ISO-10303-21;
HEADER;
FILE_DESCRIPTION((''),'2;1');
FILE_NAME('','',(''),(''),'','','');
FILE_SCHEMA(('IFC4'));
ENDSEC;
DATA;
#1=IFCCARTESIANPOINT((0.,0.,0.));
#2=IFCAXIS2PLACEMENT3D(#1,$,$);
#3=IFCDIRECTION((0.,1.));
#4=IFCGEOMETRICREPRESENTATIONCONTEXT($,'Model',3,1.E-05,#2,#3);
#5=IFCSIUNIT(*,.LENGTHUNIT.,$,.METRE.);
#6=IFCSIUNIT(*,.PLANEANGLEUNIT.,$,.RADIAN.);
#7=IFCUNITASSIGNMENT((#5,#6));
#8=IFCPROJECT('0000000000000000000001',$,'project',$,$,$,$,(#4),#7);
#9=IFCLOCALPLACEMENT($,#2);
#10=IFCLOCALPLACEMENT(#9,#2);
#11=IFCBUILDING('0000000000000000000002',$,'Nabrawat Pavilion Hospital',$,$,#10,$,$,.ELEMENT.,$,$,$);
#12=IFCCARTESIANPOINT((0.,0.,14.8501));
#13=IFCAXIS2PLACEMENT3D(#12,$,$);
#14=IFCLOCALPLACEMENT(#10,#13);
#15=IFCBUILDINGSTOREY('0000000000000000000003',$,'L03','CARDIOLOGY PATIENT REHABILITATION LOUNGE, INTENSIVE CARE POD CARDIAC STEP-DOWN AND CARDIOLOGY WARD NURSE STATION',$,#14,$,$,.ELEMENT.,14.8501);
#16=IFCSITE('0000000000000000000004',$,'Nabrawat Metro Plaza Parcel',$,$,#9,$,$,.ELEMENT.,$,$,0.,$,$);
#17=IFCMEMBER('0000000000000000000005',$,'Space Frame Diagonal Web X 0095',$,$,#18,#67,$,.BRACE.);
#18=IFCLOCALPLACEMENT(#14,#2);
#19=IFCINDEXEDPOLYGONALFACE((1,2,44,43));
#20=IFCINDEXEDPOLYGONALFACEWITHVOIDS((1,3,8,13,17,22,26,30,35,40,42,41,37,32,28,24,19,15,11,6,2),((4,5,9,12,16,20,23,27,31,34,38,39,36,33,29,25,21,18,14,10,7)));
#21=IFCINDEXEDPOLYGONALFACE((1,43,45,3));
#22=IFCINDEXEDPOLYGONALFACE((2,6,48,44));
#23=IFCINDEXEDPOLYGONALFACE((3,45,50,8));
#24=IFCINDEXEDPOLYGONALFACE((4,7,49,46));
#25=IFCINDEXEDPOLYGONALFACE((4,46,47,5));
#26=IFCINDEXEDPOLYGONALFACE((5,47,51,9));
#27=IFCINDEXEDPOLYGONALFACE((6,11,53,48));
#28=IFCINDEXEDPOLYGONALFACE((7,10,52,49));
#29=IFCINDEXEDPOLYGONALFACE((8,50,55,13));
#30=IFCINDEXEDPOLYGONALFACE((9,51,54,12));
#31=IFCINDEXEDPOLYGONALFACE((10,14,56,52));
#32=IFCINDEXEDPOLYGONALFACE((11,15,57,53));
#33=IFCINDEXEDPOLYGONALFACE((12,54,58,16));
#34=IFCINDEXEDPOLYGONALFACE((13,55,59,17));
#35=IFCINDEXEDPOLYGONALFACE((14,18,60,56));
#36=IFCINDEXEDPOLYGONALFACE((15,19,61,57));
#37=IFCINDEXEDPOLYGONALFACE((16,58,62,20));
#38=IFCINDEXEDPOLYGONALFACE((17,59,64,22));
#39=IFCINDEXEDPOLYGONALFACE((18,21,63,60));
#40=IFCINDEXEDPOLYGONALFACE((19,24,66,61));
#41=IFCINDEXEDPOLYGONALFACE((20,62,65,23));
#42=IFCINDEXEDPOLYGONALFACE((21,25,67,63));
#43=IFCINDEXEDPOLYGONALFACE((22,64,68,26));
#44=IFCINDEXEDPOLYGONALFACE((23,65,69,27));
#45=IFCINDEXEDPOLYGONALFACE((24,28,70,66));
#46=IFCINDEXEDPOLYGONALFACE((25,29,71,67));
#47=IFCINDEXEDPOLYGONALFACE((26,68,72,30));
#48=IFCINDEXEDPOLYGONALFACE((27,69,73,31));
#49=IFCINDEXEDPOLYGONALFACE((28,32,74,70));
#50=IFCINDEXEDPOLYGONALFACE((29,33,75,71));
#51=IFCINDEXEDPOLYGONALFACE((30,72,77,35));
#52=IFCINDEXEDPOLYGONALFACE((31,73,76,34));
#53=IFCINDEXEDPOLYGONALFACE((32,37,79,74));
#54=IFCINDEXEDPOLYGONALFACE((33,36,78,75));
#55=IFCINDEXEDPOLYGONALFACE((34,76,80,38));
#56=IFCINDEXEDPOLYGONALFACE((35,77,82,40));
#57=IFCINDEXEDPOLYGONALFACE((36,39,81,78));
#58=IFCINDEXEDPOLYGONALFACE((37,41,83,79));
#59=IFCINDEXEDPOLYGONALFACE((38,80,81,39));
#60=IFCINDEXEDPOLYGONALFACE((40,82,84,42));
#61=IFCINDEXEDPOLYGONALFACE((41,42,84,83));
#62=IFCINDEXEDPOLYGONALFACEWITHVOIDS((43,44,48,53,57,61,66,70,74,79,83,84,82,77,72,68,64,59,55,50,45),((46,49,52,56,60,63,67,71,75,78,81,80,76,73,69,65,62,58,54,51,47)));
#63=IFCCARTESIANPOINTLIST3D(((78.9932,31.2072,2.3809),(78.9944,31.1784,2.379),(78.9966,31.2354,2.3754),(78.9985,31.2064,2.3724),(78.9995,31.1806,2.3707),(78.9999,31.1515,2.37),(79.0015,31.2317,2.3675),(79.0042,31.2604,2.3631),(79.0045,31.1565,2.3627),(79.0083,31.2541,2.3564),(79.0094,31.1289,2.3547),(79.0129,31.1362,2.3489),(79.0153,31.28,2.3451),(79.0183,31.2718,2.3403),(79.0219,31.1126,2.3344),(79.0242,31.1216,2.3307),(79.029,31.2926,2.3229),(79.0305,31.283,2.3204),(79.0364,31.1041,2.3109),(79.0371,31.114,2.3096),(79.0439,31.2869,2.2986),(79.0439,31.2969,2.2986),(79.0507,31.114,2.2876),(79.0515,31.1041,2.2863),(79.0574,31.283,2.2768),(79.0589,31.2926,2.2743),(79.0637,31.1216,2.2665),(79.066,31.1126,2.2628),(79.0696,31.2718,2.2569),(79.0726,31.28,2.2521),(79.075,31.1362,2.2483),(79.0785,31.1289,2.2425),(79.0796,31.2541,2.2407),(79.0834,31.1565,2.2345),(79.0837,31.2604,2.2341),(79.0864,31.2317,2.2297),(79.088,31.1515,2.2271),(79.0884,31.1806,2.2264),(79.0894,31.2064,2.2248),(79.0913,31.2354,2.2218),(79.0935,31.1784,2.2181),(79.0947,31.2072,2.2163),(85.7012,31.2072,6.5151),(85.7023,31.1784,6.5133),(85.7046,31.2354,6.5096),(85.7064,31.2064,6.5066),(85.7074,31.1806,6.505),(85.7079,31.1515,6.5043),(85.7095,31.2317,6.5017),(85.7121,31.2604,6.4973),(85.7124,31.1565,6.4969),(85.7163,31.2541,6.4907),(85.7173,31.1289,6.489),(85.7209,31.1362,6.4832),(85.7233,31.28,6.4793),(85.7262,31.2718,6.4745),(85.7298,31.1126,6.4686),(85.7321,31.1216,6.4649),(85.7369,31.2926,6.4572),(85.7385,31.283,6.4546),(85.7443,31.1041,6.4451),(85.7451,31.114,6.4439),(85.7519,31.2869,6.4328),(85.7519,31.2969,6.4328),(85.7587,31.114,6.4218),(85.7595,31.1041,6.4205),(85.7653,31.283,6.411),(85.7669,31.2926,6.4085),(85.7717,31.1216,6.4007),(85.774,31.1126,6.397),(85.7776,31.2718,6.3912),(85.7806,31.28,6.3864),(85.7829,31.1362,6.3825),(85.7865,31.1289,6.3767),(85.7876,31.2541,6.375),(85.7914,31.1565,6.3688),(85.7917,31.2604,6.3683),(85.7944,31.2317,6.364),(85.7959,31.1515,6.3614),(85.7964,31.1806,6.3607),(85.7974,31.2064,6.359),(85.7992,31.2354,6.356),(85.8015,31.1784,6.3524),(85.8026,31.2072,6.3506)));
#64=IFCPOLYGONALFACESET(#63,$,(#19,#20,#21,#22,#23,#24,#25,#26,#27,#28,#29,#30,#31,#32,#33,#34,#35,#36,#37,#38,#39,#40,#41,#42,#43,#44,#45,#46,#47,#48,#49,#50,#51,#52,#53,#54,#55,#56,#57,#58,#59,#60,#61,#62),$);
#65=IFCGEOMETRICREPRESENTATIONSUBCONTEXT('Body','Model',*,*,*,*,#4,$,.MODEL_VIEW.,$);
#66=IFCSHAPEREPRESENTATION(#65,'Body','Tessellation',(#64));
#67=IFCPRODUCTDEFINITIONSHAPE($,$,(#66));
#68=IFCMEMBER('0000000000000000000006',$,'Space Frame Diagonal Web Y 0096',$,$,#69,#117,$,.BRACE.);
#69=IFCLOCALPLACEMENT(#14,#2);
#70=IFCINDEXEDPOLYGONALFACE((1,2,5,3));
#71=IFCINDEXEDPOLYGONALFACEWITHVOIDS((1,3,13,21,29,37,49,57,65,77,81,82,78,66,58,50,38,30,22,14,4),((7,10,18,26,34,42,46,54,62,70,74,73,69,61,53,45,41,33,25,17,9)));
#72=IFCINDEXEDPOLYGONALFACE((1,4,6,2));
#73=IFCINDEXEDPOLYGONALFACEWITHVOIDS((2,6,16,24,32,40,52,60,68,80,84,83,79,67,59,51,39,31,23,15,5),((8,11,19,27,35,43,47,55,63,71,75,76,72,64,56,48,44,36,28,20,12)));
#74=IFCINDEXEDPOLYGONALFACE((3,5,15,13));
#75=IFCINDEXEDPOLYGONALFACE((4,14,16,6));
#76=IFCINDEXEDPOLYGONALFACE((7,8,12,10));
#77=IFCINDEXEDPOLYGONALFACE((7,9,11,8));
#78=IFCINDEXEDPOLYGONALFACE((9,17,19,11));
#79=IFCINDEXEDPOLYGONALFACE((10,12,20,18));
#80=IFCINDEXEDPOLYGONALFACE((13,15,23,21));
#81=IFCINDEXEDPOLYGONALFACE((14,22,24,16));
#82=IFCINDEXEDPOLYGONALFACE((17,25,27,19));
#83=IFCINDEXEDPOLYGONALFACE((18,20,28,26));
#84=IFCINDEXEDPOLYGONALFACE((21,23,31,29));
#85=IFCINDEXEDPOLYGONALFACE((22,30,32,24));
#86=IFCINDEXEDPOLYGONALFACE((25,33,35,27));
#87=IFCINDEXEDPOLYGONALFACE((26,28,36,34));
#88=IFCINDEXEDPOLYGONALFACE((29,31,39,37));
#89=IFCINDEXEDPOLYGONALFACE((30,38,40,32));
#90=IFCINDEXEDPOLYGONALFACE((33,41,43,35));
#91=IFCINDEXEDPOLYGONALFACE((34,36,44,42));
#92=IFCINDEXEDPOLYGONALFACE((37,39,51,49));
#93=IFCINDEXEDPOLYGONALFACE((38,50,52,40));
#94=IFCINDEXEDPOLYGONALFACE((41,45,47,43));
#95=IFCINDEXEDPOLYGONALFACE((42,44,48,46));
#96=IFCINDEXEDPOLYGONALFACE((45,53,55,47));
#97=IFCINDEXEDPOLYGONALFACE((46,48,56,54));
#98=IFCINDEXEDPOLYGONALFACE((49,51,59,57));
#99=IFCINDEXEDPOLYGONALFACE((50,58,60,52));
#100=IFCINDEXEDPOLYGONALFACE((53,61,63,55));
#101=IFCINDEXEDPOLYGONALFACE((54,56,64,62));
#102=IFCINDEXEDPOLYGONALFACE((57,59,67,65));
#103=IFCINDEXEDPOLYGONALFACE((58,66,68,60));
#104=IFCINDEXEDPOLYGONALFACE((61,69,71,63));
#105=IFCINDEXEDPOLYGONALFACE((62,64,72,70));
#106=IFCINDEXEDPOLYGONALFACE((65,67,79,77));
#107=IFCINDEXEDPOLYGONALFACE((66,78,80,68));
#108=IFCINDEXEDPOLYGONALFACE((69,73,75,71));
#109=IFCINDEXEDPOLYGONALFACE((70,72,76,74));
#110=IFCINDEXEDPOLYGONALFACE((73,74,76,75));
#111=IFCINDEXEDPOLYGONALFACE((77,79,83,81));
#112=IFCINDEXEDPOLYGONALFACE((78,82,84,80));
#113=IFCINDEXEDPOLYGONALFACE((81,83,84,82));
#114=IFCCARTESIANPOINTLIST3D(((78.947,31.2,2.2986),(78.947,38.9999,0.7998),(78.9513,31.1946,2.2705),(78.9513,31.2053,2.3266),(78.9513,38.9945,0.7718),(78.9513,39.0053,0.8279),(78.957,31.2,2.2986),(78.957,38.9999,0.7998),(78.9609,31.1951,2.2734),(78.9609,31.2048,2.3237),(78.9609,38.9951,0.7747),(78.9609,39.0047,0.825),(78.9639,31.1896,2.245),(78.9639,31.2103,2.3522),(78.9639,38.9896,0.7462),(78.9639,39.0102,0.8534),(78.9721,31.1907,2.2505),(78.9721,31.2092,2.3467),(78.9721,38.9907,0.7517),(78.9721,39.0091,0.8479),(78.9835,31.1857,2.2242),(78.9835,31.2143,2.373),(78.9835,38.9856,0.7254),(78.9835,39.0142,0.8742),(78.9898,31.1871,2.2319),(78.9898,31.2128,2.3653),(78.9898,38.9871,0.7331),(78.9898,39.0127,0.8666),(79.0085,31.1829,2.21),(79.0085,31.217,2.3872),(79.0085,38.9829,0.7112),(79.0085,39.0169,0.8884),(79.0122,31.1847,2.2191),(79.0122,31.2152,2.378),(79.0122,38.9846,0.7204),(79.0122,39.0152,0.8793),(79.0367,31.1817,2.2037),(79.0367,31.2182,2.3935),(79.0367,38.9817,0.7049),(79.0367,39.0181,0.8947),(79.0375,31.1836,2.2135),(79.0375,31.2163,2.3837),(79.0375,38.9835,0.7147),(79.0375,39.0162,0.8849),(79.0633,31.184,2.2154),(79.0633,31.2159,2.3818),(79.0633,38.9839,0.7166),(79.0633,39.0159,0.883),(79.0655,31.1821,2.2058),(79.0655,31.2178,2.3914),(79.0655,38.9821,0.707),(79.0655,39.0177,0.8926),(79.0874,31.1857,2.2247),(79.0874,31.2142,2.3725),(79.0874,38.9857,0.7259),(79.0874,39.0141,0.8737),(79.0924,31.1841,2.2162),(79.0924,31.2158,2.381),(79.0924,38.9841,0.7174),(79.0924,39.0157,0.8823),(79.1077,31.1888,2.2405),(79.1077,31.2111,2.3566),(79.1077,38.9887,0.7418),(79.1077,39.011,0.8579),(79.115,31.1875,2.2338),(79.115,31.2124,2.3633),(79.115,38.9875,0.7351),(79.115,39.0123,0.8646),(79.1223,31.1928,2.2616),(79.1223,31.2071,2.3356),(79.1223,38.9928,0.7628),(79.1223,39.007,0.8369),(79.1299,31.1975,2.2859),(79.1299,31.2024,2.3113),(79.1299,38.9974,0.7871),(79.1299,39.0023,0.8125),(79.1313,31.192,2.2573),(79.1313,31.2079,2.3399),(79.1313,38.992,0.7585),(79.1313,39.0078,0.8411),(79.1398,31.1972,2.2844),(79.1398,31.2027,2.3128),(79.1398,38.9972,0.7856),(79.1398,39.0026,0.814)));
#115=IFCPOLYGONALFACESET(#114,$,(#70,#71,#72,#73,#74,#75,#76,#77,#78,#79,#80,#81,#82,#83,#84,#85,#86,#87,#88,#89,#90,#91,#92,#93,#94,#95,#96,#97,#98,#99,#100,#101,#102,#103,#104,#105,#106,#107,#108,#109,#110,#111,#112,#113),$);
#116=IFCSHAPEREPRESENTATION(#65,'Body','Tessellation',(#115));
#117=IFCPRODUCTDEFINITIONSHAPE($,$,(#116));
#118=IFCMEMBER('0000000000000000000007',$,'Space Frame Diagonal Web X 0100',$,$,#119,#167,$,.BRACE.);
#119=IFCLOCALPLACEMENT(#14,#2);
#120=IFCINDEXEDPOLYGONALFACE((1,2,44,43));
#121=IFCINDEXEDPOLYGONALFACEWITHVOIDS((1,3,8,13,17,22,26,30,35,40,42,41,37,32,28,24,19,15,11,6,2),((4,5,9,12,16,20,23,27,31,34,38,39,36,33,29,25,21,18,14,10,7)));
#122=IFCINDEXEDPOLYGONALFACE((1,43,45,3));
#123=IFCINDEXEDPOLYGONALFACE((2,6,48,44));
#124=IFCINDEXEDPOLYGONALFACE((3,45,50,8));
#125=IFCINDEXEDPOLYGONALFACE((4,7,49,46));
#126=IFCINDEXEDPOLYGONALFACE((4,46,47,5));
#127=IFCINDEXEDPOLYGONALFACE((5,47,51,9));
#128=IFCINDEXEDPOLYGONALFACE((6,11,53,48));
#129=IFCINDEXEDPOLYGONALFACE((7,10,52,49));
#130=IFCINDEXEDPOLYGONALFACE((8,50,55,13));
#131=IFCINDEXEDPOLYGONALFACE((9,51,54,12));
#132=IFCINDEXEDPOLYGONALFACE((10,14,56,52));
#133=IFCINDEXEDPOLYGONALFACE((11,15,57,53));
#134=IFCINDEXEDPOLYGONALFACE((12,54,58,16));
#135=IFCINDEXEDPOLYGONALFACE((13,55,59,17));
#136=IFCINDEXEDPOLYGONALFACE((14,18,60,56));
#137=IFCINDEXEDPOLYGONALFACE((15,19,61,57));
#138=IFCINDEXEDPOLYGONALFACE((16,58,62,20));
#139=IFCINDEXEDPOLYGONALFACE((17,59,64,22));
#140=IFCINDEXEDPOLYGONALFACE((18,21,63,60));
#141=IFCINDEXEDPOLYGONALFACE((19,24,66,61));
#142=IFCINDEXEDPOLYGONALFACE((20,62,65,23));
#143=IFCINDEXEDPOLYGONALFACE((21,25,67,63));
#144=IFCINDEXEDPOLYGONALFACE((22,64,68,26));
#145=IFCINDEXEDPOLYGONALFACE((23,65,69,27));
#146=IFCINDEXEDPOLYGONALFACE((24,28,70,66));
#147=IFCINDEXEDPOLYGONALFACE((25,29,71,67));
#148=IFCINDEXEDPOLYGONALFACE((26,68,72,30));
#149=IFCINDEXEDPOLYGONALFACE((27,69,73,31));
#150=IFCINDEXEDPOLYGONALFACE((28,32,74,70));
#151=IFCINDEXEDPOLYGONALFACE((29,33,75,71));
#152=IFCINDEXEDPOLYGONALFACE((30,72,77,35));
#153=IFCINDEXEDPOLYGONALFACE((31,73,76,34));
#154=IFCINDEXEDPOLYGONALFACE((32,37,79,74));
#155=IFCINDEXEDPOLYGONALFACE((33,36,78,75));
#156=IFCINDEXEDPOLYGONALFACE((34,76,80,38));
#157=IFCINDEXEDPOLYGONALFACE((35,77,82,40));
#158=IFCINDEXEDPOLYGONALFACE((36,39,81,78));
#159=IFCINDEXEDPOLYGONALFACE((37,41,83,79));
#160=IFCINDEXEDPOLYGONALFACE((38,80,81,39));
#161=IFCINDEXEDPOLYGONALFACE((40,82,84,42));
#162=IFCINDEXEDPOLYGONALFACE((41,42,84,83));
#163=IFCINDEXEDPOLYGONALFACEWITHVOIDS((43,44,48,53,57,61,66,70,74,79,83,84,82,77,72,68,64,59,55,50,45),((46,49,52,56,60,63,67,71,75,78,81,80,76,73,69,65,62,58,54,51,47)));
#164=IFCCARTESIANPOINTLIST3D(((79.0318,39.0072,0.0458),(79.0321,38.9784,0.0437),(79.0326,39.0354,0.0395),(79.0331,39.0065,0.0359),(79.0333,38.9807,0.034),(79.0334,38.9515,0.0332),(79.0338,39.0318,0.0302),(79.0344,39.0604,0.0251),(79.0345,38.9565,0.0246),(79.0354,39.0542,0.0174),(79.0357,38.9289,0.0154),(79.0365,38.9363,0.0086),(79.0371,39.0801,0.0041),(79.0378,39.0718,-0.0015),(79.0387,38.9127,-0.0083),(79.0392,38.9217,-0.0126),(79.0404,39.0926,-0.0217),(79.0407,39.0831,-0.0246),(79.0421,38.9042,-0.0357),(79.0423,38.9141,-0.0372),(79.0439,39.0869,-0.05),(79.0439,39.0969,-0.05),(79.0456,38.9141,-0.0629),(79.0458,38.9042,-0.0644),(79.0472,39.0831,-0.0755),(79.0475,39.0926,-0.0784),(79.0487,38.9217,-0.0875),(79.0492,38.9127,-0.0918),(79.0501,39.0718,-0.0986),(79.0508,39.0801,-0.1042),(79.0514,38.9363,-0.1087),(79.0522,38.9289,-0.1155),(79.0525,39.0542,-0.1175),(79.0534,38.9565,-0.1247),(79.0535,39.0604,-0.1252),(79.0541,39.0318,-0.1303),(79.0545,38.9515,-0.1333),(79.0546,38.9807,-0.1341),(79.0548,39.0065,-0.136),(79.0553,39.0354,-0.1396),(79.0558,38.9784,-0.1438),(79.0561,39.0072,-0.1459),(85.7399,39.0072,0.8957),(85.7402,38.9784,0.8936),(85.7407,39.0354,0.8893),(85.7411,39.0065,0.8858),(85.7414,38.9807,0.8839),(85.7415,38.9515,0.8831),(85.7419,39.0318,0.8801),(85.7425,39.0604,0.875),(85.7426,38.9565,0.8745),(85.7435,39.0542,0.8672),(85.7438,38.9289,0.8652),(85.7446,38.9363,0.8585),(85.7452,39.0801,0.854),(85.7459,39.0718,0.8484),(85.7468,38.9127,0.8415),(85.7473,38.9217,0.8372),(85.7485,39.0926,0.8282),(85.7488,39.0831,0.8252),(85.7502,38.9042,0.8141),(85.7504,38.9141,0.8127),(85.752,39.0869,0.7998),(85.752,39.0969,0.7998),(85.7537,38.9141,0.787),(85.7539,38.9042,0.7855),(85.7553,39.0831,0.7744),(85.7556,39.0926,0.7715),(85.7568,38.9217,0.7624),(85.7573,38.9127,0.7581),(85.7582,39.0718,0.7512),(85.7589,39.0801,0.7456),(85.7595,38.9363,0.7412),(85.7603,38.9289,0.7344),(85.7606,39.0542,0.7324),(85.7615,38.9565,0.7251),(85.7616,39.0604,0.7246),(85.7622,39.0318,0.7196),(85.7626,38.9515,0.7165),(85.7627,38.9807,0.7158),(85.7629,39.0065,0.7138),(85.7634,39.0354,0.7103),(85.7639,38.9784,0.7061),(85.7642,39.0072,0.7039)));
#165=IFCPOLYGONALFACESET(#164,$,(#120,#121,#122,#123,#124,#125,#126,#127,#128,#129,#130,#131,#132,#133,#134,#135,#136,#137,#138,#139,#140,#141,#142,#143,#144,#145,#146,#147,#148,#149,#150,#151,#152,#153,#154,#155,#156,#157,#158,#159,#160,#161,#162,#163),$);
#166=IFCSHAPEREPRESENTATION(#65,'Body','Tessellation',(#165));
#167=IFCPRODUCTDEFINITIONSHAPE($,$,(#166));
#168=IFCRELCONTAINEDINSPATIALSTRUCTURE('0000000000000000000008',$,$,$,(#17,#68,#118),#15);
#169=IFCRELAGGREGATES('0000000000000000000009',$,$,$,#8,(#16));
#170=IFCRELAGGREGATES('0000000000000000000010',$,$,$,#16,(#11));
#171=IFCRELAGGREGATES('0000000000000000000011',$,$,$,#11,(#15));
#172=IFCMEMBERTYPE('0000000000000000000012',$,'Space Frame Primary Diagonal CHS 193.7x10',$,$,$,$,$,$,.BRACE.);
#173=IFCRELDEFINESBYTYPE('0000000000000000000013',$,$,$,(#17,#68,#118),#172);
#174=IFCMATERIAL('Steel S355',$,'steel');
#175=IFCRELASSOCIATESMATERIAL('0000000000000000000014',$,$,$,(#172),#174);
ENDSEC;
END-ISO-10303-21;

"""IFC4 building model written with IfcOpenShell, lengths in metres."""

from ifc_helpers import new_model, si_unit, direction, frame, origin, origin_2d, place, context, subcontext, project, spatial, hollow_circle, extrude, material, material_profile, profile_set, type_object, element, save


model = new_model("IFC4")

# Units and contexts
model_context = context("Model", 3, precision=1e-05, world=origin(), true_north=direction((0.0, 1.0)))
body_context = subcontext(model_context, "Body", "Model", "MODEL_VIEW")
ifc_project = project(units=[si_unit("LENGTHUNIT", "METRE"), si_unit("PLANEANGLEUNIT", "RADIAN")], contexts=[model_context])

# Site, building, storey
site_placement = place(None, origin())
site = spatial("IfcSite", under=ifc_project, at=site_placement, Name="Nabrawat Metro Plaza Parcel", CompositionType="ELEMENT", RefElevation=0.0)
building_placement = place(site_placement, origin())
building = spatial("IfcBuilding", under=site, at=building_placement, Name="Nabrawat Pavilion Hospital", CompositionType="ELEMENT")
storey_placement = place(building_placement, frame((0.0, 0.0, 14.8501)))
storey = spatial("IfcBuildingStorey", under=building, at=storey_placement, Name="L03", Description="CARDIOLOGY PATIENT REHABILITATION LOUNGE, INTENSIVE CARE POD CARDIAC STEP-DOWN AND CARDIOLOGY WARD NURSE STATION", CompositionType="ELEMENT", Elevation=14.8501)

# Shared definitions
ifc_material = material(Name="Steel S355", Category="steel")

# Members
ifc_material_profile_1 = material_profile(ifc_material, hollow_circle(Radius=0.0969, WallThickness=0.01, at=origin_2d()), Name="CHS 193.7x10")
ifc_profile_set_1 = profile_set([ifc_material_profile_1], Name="Steel S355")
member_type_1 = type_object("IfcMemberType", Name="Space Frame Primary Diagonal CHS 193.7x10", PredefinedType="BRACE", material=ifc_profile_set_1)
member_1_placement = place(storey_placement, frame((79.0439, 31.2, 2.2986), z_axis=(0.851303, 0.0, 0.524675), x_axis=(0.0, 1.0, 0.0)))
element("IfcMember", 1, at=member_1_placement, inside=storey, type_object=member_type_1, Name="Space Frame Diagonal Web X 0095", PredefinedType="BRACE", context=body_context, shape_type="SweptSolid", body=[
    extrude(hollow_circle(Radius=0.0969, WallThickness=0.01, at=origin_2d()), origin(), (0.0, 0.0, 1.0), 7.8796),
])
member_2_placement = place(storey_placement, frame((79.0439, 31.2, 2.2986), z_axis=(0.0, 0.982035, -0.188698), x_axis=(-1.0, 0.0, 0.0)))
element("IfcMember", 2, at=member_2_placement, inside=storey, type_object=member_type_1, Name="Space Frame Diagonal Web Y 0096", PredefinedType="BRACE", context=body_context, shape_type="SweptSolid", body=[
    extrude(hollow_circle(Radius=0.0969, WallThickness=0.01, at=origin_2d()), origin(), (0.0, 0.0, 1.0), 7.9426),
])
member_3_placement = place(storey_placement, frame((79.0439, 39.0, -0.05), z_axis=(0.99207, 0.0, 0.125688), x_axis=(0.0, 1.0, 0.0)))
element("IfcMember", 3, at=member_3_placement, inside=storey, type_object=member_type_1, Name="Space Frame Diagonal Web X 0100", PredefinedType="BRACE", context=body_context, shape_type="SweptSolid", body=[
    extrude(hollow_circle(Radius=0.0969, WallThickness=0.01, at=origin_2d()), origin(), (0.0, 0.0, 1.0), 6.7617),
])

save(model, "model.ifc")
